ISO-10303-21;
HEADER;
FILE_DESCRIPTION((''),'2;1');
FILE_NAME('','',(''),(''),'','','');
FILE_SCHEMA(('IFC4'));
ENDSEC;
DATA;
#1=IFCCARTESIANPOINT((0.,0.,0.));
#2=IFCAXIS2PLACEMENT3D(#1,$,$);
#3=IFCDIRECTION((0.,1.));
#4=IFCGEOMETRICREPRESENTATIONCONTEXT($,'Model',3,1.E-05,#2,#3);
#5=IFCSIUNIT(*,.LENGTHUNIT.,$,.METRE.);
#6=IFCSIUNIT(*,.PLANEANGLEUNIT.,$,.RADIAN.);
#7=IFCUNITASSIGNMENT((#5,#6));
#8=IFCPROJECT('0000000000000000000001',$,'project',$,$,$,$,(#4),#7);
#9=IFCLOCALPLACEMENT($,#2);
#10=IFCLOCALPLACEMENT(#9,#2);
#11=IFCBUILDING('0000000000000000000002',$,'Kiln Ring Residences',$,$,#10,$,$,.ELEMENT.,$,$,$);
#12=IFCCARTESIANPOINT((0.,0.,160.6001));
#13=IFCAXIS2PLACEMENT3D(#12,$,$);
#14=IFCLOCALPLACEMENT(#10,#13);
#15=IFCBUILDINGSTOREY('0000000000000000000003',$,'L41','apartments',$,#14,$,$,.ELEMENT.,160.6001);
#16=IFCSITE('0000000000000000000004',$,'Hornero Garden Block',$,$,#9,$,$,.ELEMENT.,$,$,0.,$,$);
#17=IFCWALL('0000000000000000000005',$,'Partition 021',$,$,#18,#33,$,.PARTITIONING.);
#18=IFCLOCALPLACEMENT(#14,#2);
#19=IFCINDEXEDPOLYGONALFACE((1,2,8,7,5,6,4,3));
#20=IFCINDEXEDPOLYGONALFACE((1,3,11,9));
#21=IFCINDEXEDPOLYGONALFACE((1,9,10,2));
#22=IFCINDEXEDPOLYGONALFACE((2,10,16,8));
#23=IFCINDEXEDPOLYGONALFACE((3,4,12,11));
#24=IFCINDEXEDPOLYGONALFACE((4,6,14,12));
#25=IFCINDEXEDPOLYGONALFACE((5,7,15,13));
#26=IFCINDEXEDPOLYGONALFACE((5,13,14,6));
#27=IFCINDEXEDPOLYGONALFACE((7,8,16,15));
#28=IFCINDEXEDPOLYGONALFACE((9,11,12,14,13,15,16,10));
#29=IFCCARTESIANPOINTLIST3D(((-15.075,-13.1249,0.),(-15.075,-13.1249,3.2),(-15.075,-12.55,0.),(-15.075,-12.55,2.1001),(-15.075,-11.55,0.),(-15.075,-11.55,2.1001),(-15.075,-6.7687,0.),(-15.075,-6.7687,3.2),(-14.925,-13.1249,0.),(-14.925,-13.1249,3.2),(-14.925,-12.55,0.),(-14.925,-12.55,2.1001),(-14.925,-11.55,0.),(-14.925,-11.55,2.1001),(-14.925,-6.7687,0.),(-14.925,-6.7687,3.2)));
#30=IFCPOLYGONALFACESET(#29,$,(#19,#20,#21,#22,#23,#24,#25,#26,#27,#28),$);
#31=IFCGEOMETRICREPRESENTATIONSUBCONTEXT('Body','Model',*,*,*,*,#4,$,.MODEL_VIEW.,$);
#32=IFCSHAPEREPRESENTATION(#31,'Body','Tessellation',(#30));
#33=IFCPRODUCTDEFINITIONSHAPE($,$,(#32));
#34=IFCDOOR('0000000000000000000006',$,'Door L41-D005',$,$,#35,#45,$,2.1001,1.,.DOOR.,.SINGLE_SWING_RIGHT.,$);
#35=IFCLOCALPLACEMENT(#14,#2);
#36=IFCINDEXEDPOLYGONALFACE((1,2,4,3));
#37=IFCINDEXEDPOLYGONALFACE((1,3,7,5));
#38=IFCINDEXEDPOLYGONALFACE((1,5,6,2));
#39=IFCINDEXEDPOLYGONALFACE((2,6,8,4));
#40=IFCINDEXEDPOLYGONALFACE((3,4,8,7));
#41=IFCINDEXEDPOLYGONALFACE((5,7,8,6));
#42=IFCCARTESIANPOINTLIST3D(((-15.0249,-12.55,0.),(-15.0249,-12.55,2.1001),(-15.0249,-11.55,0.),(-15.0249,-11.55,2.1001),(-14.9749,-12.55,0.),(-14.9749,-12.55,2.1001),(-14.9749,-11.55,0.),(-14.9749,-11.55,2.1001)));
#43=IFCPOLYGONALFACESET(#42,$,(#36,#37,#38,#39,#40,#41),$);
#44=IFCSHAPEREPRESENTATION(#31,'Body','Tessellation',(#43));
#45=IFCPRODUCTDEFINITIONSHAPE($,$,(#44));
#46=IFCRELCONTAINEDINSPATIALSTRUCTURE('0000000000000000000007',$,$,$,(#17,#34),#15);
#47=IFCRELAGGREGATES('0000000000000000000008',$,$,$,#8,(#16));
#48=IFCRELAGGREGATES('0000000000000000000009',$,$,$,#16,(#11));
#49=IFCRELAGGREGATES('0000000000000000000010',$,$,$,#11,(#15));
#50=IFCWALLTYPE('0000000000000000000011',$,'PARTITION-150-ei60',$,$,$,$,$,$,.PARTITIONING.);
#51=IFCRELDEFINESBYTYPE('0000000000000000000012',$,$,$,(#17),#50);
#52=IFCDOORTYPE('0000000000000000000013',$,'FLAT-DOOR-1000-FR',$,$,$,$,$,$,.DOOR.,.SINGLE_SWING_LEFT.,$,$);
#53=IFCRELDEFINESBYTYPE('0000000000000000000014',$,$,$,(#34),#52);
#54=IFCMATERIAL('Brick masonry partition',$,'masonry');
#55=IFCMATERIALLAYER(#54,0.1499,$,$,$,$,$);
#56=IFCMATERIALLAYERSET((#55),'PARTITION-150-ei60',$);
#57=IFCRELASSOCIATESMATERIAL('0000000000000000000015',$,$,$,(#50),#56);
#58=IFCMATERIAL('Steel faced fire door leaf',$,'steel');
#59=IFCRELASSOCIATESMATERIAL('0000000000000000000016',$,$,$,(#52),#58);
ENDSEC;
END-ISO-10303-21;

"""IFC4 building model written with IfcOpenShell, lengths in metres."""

from ifc_helpers import new_model, si_unit, direction, frame, frame_2d, origin, place, context, subcontext, project, spatial, rectangle, extrude, material, layer, layer_set, type_object, element, fill, save


model = new_model("IFC4")

# Units and contexts
model_context = context("Model", 3, precision=1e-05, world=origin(), true_north=direction((0.0, 1.0)))
body_context = subcontext(model_context, "Body", "Model", "MODEL_VIEW")
ifc_project = project(units=[si_unit("LENGTHUNIT", "METRE"), si_unit("PLANEANGLEUNIT", "RADIAN")], contexts=[model_context])

# Site, building, storey
site_placement = place(None, origin())
site = spatial("IfcSite", under=ifc_project, at=site_placement, Name="Hornero Garden Block", CompositionType="ELEMENT", RefElevation=0.0)
building_placement = place(site_placement, origin())
building = spatial("IfcBuilding", under=site, at=building_placement, Name="Kiln Ring Residences", CompositionType="ELEMENT")
storey_placement = place(building_placement, frame((0.0, 0.0, 160.6001)))
storey = spatial("IfcBuildingStorey", under=building, at=storey_placement, Name="L41", Description="apartments", CompositionType="ELEMENT", Elevation=160.6001)

# Shared definitions
ifc_material_1 = material(Name="Brick masonry partition", Category="masonry")
ifc_layer = layer(ifc_material_1, 0.1499)
ifc_layer_set = layer_set([ifc_layer], Name="PARTITION-150-ei60")
wall_type = type_object("IfcWallType", Name="PARTITION-150-ei60", PredefinedType="PARTITIONING", material=ifc_layer_set)
ifc_material_2 = material(Name="Steel faced fire door leaf", Category="steel")
door_type = type_object("IfcDoorType", Name="FLAT-DOOR-1000-FR", OperationType="SINGLE_SWING_LEFT", PredefinedType="DOOR", material=ifc_material_2)

# Wall, opening, door
wall_1_placement = place(storey_placement, frame((-15.0, -13.125, 0.0), z_axis=(0.0, 0.0, 1.0), x_axis=(0.0, 1.0, 0.0)))
wall_1 = element("IfcWall", 1, at=wall_1_placement, inside=storey, type_object=wall_type, Name="Partition 021", PredefinedType="PARTITIONING", context=body_context, shape_type="SweptSolid", body=[
    extrude(rectangle(XDim=6.3562, YDim=0.1499, at=frame_2d((3.1782, 0.0))), origin(), (0.0, 0.0, 1.0), 3.2),
])
opening_1_placement = place(wall_1_placement, frame((0.575, 0.0, 0.0)))
opening_1 = element("IfcOpeningElement", 2, at=opening_1_placement, cuts=wall_1, PredefinedType="OPENING", context=body_context, shape_type="SweptSolid", body=[
    extrude(rectangle(XDim=1.0, YDim=2.1001, at=frame_2d((0.5, 1.05))), frame((0.0, 0.085, 0.0), z_axis=(0.0, -1.0, 0.0), x_axis=(1.0, 0.0, 0.0)), (0.0, 0.0, 1.0), 0.1699),
])
door_1_placement = place(opening_1_placement, origin())
door_1 = element("IfcDoor", 3, at=door_1_placement, inside=storey, type_object=door_type, Name="Door L41-D005", OperationType="SINGLE_SWING_RIGHT", OverallHeight=2.1001, OverallWidth=1.0, PredefinedType="DOOR", context=body_context, shape_type="SweptSolid", body=[
    extrude(rectangle(XDim=1.0, YDim=2.1001, at=frame_2d((0.5, 1.05))), frame((0.0, 0.0249, 0.0), z_axis=(0.0, -1.0, 0.0), x_axis=(1.0, 0.0, 0.0)), (0.0, 0.0, 1.0), 0.05),
])
fill(opening_1, door_1)

save(model, "model.ifc")
